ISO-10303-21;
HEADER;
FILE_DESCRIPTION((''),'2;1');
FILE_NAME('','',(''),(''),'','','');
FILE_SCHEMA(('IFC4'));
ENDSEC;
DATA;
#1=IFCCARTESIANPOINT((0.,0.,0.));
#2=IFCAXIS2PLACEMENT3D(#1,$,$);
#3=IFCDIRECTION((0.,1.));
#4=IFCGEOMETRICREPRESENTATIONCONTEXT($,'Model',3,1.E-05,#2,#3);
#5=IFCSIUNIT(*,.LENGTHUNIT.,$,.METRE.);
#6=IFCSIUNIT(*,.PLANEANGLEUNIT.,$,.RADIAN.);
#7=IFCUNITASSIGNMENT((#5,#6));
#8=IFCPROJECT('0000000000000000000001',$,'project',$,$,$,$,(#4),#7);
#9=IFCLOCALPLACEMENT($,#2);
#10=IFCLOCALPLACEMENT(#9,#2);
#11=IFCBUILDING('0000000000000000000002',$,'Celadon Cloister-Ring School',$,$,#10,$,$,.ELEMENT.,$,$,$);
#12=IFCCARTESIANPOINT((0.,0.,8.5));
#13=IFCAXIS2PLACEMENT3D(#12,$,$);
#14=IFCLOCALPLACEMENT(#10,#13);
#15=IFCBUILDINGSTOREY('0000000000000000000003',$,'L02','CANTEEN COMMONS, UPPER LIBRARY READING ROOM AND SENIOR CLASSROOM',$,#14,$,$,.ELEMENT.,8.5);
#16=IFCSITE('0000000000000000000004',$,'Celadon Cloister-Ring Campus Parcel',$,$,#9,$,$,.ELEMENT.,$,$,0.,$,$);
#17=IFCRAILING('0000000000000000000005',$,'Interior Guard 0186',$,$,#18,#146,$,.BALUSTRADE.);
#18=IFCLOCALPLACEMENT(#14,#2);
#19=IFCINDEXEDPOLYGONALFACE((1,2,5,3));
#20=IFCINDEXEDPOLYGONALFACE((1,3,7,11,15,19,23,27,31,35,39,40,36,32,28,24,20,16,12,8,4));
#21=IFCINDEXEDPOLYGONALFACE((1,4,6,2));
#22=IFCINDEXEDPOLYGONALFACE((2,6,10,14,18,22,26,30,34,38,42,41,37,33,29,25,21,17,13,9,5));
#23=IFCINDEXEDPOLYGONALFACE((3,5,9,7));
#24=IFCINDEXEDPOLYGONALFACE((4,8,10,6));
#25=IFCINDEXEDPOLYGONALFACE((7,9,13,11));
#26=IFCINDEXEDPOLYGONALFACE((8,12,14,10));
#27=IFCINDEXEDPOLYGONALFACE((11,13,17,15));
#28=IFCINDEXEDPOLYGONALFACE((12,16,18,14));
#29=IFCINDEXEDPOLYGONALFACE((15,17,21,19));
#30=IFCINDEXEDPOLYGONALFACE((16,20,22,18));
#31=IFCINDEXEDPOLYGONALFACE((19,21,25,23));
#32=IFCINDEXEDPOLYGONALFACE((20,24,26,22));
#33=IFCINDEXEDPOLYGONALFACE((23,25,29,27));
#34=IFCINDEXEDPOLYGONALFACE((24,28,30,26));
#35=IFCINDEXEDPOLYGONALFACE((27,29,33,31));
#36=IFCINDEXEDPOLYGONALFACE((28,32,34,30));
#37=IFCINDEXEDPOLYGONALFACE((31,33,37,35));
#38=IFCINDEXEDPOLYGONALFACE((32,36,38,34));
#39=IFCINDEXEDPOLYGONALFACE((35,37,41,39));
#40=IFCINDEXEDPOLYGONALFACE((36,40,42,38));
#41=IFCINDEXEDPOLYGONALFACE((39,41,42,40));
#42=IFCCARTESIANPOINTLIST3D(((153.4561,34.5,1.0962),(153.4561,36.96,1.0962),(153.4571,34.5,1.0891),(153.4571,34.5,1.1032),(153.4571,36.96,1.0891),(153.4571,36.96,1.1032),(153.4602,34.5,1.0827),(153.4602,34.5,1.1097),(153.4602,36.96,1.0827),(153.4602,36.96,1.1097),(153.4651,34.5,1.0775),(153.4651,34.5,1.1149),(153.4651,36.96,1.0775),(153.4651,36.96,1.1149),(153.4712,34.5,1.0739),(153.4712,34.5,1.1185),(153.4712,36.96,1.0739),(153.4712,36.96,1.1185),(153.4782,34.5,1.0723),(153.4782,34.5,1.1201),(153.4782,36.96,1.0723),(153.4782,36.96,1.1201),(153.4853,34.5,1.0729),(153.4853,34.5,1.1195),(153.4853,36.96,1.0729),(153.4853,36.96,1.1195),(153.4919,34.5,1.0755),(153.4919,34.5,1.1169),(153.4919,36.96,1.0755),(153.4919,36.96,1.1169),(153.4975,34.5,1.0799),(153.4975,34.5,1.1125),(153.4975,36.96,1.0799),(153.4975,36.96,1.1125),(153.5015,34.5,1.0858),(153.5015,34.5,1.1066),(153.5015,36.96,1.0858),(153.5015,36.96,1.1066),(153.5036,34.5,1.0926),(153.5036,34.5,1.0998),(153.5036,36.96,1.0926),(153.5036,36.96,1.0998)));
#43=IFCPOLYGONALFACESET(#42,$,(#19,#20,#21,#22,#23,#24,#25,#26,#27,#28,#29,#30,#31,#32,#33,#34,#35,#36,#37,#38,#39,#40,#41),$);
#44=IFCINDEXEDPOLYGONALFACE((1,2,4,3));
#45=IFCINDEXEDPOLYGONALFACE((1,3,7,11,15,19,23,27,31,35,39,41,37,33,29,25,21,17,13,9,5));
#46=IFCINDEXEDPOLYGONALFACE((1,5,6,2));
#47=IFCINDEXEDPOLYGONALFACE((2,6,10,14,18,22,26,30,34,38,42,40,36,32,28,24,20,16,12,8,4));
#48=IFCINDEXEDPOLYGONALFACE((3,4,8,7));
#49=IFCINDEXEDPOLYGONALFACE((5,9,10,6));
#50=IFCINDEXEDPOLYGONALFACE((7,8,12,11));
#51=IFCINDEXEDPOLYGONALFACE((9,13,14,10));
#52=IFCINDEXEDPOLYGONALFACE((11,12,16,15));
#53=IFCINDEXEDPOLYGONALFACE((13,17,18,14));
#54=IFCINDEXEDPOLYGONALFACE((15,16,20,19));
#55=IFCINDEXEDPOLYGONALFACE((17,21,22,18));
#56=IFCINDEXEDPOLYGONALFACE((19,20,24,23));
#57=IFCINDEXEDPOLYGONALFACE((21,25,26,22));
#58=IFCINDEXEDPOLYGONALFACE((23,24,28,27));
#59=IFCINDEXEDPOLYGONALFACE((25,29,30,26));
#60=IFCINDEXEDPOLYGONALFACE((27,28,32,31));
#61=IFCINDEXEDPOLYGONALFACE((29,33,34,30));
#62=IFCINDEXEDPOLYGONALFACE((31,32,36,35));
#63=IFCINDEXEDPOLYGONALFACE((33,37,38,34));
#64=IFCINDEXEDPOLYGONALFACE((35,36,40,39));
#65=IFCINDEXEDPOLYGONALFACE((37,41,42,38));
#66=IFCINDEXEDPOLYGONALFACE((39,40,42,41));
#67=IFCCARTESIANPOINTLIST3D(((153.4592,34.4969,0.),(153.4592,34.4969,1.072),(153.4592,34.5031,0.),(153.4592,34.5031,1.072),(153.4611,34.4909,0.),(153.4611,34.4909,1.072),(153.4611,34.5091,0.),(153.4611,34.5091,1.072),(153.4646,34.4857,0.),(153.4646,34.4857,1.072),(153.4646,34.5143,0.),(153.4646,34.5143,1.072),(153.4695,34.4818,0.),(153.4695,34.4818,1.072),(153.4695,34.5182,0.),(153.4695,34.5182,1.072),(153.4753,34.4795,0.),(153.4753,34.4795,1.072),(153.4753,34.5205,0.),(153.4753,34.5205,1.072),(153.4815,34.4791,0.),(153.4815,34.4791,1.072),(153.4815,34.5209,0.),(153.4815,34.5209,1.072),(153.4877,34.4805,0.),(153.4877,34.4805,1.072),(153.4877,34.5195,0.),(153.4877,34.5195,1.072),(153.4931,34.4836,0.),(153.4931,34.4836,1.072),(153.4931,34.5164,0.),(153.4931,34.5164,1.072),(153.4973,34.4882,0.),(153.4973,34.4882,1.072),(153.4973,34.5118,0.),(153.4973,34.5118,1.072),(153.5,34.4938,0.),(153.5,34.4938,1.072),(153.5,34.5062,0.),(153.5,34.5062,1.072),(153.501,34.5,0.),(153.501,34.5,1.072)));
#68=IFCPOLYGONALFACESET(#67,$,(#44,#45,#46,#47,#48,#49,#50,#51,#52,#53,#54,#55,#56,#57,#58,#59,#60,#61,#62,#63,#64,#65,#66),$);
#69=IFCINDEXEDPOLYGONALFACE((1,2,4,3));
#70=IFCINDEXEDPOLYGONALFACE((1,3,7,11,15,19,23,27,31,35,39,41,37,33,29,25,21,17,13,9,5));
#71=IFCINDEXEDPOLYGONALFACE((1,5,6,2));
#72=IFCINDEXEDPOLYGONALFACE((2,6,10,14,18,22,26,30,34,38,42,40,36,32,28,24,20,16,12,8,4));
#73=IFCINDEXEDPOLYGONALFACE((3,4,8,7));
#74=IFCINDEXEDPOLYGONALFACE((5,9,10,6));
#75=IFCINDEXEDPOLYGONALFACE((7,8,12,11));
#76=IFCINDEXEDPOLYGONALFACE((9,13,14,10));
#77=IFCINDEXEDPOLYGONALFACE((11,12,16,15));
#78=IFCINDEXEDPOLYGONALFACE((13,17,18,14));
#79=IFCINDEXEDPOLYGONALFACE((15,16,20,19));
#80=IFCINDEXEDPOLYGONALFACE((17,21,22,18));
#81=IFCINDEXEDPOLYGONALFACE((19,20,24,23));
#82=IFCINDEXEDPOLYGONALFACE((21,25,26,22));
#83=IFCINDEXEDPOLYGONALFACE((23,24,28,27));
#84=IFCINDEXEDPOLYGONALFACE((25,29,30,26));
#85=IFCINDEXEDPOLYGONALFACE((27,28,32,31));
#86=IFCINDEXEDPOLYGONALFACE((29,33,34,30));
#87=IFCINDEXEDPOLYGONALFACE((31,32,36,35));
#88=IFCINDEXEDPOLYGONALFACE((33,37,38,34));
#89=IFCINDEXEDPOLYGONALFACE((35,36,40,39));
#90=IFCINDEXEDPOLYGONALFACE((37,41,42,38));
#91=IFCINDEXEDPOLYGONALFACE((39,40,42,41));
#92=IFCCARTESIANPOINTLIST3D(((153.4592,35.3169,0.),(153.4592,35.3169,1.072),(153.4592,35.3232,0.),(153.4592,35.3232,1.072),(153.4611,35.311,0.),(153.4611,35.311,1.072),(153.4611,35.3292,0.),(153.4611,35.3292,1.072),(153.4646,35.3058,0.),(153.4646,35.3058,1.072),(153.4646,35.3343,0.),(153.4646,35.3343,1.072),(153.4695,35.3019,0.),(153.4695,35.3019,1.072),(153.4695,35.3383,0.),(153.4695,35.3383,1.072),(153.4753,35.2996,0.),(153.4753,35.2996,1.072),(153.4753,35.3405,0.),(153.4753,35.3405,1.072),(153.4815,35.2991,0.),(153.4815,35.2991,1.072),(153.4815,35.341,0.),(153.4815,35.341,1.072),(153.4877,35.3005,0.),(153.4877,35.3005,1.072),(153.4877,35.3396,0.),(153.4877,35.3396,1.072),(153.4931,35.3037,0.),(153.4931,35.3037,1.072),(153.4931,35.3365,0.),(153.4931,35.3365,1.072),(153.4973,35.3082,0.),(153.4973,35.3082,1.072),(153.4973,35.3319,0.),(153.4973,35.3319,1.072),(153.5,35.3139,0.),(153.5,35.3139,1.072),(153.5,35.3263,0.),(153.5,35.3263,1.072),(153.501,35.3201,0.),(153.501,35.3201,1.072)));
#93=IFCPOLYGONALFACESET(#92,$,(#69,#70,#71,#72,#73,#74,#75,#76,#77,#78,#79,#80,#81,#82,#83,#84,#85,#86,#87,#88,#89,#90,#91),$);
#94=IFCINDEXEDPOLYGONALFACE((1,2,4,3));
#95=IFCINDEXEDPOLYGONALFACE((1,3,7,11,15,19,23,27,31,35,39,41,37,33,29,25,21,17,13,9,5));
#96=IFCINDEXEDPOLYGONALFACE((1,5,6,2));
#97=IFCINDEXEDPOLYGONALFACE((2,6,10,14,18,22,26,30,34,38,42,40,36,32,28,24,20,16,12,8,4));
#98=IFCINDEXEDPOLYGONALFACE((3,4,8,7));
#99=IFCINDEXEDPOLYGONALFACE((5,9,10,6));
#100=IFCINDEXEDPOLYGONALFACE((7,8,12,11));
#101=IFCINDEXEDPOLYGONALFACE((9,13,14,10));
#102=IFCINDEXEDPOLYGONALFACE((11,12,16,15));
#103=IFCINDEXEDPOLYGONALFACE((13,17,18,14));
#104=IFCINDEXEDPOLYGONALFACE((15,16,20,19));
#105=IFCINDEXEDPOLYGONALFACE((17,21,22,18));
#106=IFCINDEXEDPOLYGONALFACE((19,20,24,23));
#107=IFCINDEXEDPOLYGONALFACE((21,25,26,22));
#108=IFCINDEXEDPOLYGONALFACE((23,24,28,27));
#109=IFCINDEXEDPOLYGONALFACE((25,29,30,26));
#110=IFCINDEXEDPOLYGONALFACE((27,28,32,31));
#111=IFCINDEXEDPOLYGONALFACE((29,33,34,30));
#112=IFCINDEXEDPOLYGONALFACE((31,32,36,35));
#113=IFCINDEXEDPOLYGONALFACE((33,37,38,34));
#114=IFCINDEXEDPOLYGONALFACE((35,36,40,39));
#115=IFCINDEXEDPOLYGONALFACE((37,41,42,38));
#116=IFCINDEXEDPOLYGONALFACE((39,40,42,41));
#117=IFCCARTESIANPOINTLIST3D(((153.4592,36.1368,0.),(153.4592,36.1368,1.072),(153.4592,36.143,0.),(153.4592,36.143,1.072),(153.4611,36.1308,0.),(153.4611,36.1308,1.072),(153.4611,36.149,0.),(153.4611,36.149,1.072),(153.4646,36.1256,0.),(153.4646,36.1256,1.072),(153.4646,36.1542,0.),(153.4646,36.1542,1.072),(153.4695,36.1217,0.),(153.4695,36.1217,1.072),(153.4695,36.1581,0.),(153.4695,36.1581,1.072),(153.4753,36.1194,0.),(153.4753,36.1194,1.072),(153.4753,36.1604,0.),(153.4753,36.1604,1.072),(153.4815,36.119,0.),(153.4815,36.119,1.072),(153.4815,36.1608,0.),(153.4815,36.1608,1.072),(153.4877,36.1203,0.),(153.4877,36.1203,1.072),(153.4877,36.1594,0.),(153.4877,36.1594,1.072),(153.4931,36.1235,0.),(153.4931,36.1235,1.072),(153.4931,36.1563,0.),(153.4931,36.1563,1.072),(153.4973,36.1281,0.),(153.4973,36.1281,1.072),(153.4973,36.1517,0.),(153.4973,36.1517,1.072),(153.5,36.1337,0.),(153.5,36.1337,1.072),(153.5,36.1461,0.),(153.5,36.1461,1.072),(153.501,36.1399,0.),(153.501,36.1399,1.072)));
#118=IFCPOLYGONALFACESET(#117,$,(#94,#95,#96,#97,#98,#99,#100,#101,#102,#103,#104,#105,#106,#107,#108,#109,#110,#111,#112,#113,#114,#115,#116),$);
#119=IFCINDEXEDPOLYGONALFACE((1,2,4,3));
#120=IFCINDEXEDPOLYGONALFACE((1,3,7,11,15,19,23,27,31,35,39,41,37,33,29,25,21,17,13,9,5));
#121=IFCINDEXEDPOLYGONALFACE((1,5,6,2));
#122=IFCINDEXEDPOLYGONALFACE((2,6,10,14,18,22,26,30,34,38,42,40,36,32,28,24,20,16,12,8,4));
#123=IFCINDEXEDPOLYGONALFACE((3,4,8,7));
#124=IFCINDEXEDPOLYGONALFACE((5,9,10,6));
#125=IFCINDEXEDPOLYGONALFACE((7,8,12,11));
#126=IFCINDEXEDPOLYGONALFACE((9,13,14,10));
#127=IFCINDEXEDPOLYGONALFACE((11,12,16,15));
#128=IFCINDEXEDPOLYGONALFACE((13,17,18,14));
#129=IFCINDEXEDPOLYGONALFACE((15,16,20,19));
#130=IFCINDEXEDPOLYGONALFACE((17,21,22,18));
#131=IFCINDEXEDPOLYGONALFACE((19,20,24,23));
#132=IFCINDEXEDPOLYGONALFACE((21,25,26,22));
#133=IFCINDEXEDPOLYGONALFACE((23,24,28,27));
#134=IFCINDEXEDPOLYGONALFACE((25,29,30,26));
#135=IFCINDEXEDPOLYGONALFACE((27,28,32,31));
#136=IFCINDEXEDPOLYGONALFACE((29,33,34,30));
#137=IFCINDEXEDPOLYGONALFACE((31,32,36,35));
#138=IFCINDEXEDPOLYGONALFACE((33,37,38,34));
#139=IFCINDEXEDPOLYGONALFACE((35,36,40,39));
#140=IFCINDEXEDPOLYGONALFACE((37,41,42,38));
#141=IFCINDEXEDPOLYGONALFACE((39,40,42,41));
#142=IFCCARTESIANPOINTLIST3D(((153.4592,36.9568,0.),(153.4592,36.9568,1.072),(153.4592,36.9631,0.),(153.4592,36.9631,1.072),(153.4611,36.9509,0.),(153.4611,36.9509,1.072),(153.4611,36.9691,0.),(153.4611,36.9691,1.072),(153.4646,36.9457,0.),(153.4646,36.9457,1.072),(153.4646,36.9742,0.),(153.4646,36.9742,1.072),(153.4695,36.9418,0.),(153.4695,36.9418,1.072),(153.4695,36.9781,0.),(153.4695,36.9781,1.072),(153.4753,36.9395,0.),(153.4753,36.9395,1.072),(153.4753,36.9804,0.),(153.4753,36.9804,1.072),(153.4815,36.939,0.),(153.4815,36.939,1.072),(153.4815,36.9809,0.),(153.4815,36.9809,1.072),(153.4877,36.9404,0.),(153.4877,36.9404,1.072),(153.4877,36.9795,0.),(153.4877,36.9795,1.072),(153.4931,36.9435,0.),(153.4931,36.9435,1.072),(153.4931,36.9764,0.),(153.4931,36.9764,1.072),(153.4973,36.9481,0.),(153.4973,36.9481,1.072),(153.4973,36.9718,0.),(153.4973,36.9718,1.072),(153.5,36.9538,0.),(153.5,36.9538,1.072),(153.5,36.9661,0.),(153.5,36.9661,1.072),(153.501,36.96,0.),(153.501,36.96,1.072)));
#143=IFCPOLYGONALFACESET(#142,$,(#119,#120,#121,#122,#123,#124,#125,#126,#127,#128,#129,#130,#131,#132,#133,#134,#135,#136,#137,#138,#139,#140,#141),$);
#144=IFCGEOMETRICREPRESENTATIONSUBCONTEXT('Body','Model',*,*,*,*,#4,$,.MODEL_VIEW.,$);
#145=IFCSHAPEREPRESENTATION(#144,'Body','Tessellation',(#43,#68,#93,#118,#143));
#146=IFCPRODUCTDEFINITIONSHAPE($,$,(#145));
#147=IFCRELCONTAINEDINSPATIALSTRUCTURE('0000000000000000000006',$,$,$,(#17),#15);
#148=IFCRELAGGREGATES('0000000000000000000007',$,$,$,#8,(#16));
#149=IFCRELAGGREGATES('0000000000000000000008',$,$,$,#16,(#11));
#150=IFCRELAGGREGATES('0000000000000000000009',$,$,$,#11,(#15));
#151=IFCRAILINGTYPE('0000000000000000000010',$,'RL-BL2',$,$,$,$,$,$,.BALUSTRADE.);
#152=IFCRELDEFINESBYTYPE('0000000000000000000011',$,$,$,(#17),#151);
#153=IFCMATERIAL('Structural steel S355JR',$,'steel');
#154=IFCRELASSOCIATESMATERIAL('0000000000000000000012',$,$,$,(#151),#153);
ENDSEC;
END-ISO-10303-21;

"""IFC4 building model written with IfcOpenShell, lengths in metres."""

from ifc_helpers import new_model, si_unit, direction, frame, origin, origin_2d, place, context, subcontext, project, spatial, circle, extrude, material, type_object, element, save


model = new_model("IFC4")

# Units and contexts
model_context = context("Model", 3, precision=1e-05, world=origin(), true_north=direction((0.0, 1.0)))
body_context = subcontext(model_context, "Body", "Model", "MODEL_VIEW")
ifc_project = project(units=[si_unit("LENGTHUNIT", "METRE"), si_unit("PLANEANGLEUNIT", "RADIAN")], contexts=[model_context])

# Site, building, storey
site_placement = place(None, origin())
site = spatial("IfcSite", under=ifc_project, at=site_placement, Name="Celadon Cloister-Ring Campus Parcel", CompositionType="ELEMENT", RefElevation=0.0)
building_placement = place(site_placement, origin())
building = spatial("IfcBuilding", under=site, at=building_placement, Name="Celadon Cloister-Ring School", CompositionType="ELEMENT")
storey_placement = place(building_placement, frame((0.0, 0.0, 8.5)))
storey = spatial("IfcBuildingStorey", under=building, at=storey_placement, Name="L02", Description="CANTEEN COMMONS, UPPER LIBRARY READING ROOM AND SENIOR CLASSROOM", CompositionType="ELEMENT", Elevation=8.5)

# Railing
ifc_material_1 = material(Name="Structural steel S355JR", Category="steel")
railing_type_1 = type_object("IfcRailingType", Name="RL-BL2", PredefinedType="BALUSTRADE", material=ifc_material_1)
railing_1_placement = place(storey_placement, frame((153.48, 34.5, 0.0)))
element("IfcRailing", 1, at=railing_1_placement, inside=storey, type_object=railing_type_1, Name="Interior Guard 0186", PredefinedType="BALUSTRADE", context=body_context, shape_type="SweptSolid", body=[
    extrude(circle(Radius=0.0239, at=origin_2d()), frame((0.0, 0.0, 1.0962), z_axis=(0.0, 1.0, 0.0), x_axis=(-1.0, 0.0, 0.0)), (0.0, 0.0, 1.0), 2.46),
    extrude(circle(Radius=0.021, at=origin_2d()), origin(), (0.0, 0.0, 1.0), 1.072),
    extrude(circle(Radius=0.021, at=origin_2d()), frame((0.0, 0.8201, 0.0)), (0.0, 0.0, 1.0), 1.072),
    extrude(circle(Radius=0.021, at=origin_2d()), frame((0.0, 1.6399, 0.0)), (0.0, 0.0, 1.0), 1.072),
    extrude(circle(Radius=0.021, at=origin_2d()), frame((0.0, 2.46, 0.0)), (0.0, 0.0, 1.0), 1.072),
])

save(model, "model.ifc")
